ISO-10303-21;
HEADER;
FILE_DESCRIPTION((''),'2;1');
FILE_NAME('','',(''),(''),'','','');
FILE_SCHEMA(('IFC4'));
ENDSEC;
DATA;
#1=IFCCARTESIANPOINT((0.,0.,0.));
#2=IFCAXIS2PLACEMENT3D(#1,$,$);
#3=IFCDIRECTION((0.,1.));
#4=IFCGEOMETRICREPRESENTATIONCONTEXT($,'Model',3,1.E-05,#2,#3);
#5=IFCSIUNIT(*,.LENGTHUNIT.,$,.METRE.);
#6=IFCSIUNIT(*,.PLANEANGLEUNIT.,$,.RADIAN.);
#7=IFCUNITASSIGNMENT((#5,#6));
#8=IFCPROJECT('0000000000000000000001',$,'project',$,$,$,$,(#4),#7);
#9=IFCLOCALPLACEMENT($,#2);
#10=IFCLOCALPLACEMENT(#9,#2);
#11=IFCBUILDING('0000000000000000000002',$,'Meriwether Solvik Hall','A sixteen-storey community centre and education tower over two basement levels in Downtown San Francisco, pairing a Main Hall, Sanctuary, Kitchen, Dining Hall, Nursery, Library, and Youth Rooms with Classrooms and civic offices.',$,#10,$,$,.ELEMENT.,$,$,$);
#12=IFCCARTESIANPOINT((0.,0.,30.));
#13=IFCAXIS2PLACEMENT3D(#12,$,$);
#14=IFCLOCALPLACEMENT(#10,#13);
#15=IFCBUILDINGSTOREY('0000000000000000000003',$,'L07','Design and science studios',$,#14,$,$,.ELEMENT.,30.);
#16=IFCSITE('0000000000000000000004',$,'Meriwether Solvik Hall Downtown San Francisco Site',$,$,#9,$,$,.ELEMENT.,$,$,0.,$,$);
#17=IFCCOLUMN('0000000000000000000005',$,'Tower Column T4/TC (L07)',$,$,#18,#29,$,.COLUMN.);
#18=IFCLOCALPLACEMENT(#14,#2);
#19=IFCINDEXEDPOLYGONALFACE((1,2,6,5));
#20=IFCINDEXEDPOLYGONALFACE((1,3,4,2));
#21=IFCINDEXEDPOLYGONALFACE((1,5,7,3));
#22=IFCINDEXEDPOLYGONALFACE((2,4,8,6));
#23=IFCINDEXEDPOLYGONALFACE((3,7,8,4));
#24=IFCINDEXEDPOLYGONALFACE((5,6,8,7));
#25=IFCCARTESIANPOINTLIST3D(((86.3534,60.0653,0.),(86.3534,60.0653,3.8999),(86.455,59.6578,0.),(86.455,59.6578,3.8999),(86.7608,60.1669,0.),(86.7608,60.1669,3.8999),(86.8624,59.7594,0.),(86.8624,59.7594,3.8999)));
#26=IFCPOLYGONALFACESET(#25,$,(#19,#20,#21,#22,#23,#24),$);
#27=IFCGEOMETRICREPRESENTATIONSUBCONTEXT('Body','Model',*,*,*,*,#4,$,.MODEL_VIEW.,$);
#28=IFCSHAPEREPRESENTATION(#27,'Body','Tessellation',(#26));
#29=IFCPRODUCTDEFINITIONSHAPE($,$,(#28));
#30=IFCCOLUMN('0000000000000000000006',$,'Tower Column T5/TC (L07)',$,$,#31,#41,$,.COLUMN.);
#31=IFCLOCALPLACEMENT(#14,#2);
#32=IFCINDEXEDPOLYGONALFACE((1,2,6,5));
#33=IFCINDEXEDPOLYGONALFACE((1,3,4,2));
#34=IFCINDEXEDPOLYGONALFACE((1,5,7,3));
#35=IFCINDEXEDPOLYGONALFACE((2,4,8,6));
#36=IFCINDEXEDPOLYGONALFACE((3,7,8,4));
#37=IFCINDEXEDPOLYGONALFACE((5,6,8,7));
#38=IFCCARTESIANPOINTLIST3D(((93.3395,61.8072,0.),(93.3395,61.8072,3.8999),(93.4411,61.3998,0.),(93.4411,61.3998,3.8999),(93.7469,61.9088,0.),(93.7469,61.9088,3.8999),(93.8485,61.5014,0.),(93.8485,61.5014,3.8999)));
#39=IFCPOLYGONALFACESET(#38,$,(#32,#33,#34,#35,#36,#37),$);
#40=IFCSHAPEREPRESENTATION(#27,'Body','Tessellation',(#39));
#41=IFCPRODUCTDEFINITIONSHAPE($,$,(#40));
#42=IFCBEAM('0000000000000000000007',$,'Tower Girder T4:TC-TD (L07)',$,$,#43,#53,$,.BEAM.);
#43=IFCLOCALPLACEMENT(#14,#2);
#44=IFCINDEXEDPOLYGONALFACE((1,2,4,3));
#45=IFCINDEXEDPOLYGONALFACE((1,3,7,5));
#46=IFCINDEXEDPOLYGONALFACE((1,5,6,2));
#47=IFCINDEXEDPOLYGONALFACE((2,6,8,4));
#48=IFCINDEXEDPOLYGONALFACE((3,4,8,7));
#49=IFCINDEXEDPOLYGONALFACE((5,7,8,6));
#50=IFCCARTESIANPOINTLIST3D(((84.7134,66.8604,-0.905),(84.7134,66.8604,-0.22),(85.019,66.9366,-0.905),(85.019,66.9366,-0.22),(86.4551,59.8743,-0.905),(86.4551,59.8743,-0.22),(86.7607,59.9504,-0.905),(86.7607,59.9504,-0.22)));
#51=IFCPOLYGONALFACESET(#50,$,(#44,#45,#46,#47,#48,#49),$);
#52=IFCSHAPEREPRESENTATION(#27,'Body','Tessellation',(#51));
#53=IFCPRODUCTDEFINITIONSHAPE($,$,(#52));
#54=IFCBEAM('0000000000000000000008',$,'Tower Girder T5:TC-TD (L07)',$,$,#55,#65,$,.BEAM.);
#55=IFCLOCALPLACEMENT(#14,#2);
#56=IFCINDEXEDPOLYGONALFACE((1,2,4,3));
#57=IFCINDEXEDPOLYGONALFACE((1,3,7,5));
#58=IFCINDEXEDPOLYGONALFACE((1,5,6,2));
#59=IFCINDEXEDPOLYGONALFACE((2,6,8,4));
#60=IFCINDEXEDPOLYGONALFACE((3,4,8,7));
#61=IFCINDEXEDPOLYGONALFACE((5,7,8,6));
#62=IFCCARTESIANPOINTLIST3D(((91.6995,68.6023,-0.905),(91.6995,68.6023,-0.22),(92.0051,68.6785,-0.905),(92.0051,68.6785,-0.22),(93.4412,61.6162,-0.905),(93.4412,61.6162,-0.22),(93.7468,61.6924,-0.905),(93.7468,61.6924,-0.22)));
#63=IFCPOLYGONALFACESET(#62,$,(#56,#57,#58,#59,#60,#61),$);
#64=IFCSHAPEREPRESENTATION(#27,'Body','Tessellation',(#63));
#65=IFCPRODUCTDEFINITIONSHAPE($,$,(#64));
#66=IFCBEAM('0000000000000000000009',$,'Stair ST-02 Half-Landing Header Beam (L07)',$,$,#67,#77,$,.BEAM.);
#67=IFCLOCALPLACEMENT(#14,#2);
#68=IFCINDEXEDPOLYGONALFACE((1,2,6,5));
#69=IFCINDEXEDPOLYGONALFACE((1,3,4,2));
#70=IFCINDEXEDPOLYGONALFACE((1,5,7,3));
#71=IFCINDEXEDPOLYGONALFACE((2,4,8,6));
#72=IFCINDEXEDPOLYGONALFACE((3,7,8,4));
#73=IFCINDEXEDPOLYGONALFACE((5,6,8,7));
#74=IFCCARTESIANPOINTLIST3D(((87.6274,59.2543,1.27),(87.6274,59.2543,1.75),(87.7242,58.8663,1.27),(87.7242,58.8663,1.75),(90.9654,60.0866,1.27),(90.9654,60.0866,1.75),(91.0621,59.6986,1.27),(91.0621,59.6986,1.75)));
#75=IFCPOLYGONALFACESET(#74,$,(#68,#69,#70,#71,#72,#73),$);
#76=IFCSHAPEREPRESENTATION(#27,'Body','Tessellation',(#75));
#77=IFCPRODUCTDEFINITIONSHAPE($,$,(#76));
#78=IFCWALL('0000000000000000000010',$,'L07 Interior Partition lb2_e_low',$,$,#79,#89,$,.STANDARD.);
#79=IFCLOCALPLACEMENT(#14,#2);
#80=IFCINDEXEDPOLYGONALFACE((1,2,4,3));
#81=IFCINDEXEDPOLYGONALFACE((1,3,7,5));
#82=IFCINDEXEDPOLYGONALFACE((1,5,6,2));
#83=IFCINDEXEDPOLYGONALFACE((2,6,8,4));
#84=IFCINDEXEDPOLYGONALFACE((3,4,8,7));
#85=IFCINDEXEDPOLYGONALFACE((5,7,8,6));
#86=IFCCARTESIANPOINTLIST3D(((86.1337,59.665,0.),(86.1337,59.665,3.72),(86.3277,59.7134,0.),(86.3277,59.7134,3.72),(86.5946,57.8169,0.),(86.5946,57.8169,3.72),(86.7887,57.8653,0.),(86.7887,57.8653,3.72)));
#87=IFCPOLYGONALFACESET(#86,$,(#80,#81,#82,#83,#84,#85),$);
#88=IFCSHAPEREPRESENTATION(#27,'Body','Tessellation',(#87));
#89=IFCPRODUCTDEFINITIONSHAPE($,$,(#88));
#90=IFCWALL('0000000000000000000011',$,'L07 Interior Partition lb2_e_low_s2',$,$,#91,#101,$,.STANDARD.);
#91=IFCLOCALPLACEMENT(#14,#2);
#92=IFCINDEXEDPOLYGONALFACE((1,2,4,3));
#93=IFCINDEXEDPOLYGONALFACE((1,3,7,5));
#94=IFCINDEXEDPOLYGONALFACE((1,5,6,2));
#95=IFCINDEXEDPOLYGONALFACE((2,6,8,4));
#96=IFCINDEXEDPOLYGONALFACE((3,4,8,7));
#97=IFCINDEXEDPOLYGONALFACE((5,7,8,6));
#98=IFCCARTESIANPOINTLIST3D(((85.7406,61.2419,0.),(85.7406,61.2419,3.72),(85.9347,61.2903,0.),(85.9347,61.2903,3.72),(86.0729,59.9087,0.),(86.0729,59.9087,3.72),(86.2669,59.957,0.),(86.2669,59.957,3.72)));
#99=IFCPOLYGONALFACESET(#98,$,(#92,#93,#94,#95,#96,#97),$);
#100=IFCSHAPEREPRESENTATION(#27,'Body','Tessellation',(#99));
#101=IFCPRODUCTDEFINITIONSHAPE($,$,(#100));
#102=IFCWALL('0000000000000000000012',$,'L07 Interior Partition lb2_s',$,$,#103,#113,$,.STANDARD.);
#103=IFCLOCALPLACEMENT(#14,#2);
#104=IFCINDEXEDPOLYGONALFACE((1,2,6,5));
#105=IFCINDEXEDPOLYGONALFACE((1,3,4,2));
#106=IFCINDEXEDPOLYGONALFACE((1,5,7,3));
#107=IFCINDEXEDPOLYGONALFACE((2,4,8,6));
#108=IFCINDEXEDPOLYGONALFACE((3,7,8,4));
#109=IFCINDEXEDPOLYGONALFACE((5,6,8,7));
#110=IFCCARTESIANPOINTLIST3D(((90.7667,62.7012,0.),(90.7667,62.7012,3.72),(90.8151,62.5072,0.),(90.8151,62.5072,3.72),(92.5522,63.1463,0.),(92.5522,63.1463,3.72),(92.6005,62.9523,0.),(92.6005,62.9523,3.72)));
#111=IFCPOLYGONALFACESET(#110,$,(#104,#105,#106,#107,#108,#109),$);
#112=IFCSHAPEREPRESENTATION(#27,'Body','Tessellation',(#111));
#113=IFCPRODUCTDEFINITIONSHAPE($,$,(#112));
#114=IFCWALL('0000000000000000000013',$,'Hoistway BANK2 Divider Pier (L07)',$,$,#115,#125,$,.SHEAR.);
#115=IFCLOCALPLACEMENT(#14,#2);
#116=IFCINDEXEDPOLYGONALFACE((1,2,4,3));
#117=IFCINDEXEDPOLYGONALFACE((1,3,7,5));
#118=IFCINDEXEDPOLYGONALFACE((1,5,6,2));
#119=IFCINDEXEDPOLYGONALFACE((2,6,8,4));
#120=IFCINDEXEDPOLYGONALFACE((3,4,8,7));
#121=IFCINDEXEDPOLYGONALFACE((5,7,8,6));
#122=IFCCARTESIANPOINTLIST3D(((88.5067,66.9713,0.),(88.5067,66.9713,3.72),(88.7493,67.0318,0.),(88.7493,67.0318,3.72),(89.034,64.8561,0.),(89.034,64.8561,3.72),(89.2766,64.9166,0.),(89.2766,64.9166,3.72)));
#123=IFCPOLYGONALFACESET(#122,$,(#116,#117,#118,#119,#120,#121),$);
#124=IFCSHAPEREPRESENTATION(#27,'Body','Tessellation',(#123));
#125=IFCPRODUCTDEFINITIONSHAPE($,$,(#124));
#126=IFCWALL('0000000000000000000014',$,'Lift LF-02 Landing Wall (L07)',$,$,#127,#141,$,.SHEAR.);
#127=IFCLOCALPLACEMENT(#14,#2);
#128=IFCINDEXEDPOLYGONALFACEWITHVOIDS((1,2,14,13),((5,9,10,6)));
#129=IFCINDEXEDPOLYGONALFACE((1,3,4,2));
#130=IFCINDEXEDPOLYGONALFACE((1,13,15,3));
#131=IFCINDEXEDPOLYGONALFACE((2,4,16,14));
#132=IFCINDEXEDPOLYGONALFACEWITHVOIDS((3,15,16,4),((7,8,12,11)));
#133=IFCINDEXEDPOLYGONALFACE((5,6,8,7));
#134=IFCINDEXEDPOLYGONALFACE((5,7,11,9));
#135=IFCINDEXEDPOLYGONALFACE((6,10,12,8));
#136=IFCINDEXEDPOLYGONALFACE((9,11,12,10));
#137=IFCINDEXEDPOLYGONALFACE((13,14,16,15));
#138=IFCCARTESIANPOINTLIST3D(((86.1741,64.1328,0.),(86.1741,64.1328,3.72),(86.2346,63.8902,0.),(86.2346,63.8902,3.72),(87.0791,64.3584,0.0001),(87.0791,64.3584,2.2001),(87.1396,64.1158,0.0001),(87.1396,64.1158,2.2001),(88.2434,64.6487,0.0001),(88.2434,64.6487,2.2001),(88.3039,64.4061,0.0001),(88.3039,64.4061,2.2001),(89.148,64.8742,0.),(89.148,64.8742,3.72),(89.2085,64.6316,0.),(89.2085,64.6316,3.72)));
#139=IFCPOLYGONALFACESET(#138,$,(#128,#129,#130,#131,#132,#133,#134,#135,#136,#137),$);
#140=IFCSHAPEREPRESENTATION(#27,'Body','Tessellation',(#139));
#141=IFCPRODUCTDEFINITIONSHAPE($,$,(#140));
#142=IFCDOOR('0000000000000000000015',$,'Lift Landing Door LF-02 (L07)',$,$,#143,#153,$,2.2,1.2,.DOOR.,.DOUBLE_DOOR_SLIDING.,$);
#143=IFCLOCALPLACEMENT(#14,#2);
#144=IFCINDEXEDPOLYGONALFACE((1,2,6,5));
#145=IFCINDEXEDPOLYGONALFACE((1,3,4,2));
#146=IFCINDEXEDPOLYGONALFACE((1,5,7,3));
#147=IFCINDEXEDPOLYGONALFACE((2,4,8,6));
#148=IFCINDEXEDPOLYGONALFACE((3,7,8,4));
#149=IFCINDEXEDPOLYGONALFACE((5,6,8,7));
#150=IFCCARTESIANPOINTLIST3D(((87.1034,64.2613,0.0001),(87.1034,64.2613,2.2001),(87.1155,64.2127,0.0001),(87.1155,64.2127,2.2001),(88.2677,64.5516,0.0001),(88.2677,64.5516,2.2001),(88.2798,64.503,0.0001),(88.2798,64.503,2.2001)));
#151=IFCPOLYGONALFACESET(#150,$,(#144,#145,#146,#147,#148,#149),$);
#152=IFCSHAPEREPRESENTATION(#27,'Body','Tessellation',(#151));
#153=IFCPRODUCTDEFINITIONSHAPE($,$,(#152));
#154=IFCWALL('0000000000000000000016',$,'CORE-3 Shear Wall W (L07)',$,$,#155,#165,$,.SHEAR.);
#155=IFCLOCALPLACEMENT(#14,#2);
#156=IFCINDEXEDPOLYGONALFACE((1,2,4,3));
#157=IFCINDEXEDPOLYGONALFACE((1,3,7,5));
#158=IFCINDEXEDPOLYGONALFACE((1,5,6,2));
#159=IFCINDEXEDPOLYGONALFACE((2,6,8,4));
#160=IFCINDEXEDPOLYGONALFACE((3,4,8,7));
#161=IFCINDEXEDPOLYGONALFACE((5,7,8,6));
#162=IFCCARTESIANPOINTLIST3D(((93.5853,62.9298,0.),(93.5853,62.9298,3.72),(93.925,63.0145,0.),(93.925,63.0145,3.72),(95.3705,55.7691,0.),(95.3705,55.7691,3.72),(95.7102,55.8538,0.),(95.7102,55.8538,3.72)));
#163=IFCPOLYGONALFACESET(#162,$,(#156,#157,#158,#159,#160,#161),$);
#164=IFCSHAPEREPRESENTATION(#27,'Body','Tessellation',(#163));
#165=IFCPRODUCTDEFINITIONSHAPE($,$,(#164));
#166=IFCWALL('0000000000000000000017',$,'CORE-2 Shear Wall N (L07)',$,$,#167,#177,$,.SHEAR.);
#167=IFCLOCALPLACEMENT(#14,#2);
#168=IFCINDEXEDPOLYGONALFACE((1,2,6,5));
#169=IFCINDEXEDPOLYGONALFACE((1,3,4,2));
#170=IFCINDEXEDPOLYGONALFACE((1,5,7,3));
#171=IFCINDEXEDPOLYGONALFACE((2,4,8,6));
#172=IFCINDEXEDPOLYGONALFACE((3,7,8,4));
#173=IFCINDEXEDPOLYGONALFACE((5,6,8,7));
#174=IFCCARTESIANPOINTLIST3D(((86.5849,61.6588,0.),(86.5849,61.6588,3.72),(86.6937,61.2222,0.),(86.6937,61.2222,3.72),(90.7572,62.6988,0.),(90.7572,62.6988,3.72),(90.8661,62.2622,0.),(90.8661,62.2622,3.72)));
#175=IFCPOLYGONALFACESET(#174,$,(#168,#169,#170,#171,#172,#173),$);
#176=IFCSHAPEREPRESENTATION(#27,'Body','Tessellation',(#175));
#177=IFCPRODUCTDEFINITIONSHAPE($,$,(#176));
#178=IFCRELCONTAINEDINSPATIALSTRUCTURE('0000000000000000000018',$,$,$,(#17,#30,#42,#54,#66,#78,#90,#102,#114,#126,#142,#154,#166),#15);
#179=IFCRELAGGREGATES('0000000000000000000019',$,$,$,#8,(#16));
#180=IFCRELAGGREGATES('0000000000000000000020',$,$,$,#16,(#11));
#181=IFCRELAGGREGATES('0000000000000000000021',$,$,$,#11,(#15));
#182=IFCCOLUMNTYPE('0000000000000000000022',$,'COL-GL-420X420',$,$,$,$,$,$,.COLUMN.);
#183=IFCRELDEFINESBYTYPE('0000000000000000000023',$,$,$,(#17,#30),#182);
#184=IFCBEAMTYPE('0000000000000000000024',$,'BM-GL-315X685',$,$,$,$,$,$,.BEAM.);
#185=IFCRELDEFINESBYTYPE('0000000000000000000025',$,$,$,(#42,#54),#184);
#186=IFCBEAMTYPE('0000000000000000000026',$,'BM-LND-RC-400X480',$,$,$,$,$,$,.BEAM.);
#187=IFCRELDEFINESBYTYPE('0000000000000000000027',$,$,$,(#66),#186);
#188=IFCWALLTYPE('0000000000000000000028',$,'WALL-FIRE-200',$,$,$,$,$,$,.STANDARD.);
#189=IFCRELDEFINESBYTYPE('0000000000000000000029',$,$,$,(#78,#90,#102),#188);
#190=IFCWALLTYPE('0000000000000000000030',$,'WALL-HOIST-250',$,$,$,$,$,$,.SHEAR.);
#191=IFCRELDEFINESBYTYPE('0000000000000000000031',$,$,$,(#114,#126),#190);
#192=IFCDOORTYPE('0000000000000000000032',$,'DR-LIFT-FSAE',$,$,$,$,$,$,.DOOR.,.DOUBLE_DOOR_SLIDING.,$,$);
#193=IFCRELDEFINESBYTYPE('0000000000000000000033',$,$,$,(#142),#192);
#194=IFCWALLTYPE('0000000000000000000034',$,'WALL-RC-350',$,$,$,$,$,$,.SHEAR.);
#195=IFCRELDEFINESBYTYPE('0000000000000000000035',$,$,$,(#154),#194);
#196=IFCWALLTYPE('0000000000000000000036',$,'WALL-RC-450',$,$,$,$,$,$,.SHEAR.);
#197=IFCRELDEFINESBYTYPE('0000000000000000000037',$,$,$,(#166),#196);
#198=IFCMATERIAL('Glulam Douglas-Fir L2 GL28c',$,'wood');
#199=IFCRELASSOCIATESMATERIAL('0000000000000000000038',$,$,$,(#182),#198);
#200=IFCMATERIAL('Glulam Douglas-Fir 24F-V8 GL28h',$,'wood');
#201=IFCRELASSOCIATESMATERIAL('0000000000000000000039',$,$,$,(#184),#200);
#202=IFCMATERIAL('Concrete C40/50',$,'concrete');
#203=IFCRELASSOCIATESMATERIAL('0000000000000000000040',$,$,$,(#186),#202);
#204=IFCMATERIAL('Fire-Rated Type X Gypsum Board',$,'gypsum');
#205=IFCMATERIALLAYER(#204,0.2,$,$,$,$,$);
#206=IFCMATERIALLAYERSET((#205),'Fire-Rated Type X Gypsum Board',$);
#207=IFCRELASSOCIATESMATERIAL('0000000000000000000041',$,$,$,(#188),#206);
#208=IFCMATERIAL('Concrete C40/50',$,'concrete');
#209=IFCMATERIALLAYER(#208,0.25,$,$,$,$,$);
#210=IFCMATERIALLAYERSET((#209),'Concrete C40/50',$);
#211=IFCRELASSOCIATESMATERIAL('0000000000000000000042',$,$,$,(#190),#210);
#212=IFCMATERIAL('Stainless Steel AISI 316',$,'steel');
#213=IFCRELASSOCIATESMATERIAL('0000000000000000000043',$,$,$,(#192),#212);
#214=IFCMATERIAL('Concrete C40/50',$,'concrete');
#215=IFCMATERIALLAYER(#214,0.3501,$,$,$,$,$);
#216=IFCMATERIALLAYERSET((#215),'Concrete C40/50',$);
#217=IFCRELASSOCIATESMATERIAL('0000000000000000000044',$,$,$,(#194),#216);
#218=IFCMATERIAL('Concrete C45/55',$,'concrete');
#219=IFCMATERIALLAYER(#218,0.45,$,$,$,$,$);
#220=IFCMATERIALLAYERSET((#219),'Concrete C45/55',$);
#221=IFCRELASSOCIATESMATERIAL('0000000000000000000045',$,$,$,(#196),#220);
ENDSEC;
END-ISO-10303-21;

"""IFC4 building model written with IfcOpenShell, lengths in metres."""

from ifc_helpers import new_model, si_unit, direction, frame, frame_2d, origin, origin_2d, place, context, subcontext, project, spatial, rectangle, extrude, material, layer, layer_set, material_profile, profile_set, type_object, element, fill, save


model = new_model("IFC4")

# Units and contexts
model_context = context("Model", 3, precision=1e-05, world=origin(), true_north=direction((0.0, 1.0)))
body_context = subcontext(model_context, "Body", "Model", "MODEL_VIEW")
ifc_project = project(units=[si_unit("LENGTHUNIT", "METRE"), si_unit("PLANEANGLEUNIT", "RADIAN")], contexts=[model_context])

# Site, building, storey
site_placement = place(None, origin())
site = spatial("IfcSite", under=ifc_project, at=site_placement, Name="Meriwether Solvik Hall Downtown San Francisco Site", CompositionType="ELEMENT", RefElevation=0.0)
building_placement = place(site_placement, origin())
building = spatial("IfcBuilding", under=site, at=building_placement, Name="Meriwether Solvik Hall", Description="A sixteen-storey community centre and education tower over two basement levels in Downtown San Francisco, pairing a Main Hall, Sanctuary, Kitchen, Dining Hall, Nursery, Library, and Youth Rooms with Classrooms and civic offices.", CompositionType="ELEMENT")
storey_placement = place(building_placement, frame((0.0, 0.0, 30.0)))
storey = spatial("IfcBuildingStorey", under=building, at=storey_placement, Name="L07", Description="Design and science studios", CompositionType="ELEMENT", Elevation=30.0)

# Columns
ifc_material_1 = material(Name="Glulam Douglas-Fir L2 GL28c", Category="wood")
ifc_material_profile_1 = material_profile(ifc_material_1, rectangle(XDim=0.4199, YDim=0.4199, at=origin_2d()), Name="GLC-420X420")
ifc_profile_set_1 = profile_set([ifc_material_profile_1], Name="Glulam Douglas-Fir L2 GL28c")
column_type = type_object("IfcColumnType", Name="COL-GL-420X420", PredefinedType="COLUMN", material=ifc_profile_set_1)
for number, where, z_axis, x_axis, name in (
    (1, (86.6079, 59.9124, 0.0), (0.0, 0.0, 1.0), (0.970296, 0.241922, 0.0), "Tower Column T4/TC (L07)"),
    (2, (93.594, 61.6543, 0.0), (0.0, 0.0, 1.0), (0.970296, 0.241922, 0.0), "Tower Column T5/TC (L07)"),
):
    element("IfcColumn", number, at=place(storey_placement, frame(where, z_axis=z_axis, x_axis=x_axis)), inside=storey, type_object=column_type, Name=name, PredefinedType="COLUMN", context=body_context, shape_type="SweptSolid", body=[
        extrude(rectangle(XDim=0.4199, YDim=0.4199, at=origin_2d()), origin(), (0.0, 0.0, 1.0), 3.8999),
    ])

# Beams
ifc_material_2 = material(Name="Glulam Douglas-Fir 24F-V8 GL28h", Category="wood")
ifc_material_profile_2 = material_profile(ifc_material_2, rectangle(XDim=0.3149, YDim=0.6851, at=origin_2d()), Name="GLB-315X685")
ifc_profile_set_2 = profile_set([ifc_material_profile_2], Name="Glulam Douglas-Fir 24F-V8 GL28h")
beam_type_1 = type_object("IfcBeamType", Name="BM-GL-315X685", PredefinedType="BEAM", material=ifc_profile_set_2)
for number, where, z_axis, x_axis, name in (
    (3, (86.6079, 59.9124, -0.5625), (-0.241905, 0.9703, 0.0), (-0.9703, -0.241905, 0.0), "Tower Girder T4:TC-TD (L07)"),
    (4, (93.594, 61.6543, -0.5625), (-0.241905, 0.9703, 0.0), (-0.9703, -0.241905, 0.0), "Tower Girder T5:TC-TD (L07)"),
):
    element("IfcBeam", number, at=place(storey_placement, frame(where, z_axis=z_axis, x_axis=x_axis)), inside=storey, type_object=beam_type_1, Name=name, PredefinedType="BEAM", context=body_context, shape_type="SweptSolid", body=[
        extrude(rectangle(XDim=0.3149, YDim=0.6851, at=origin_2d()), origin(), (0.0, 0.0, 1.0), 7.2),
    ])
ifc_material_3 = material(Name="Concrete C40/50", Category="concrete")
ifc_material_profile_3 = material_profile(ifc_material_3, rectangle(XDim=0.3999, YDim=0.48, at=origin_2d()), Name="RCB-400X480")
ifc_profile_set_3 = profile_set([ifc_material_profile_3], Name="Concrete C40/50")
beam_type_2 = type_object("IfcBeamType", Name="BM-LND-RC-400X480", PredefinedType="BEAM", material=ifc_profile_set_3)
beam_placement = place(storey_placement, frame((87.6758, 59.0603, 1.51), z_axis=(0.970293, 0.241934, 0.0), x_axis=(-0.241934, 0.970293, 0.0)))
element("IfcBeam", 5, at=beam_placement, inside=storey, type_object=beam_type_2, Name="Stair ST-02 Half-Landing Header Beam (L07)", PredefinedType="BEAM", context=body_context, shape_type="SweptSolid", body=[
    extrude(rectangle(XDim=0.3999, YDim=0.48, at=origin_2d()), origin(), (0.0, 0.0, 1.0), 3.4402),
])

# Walls
ifc_material_4 = material(Name="Fire-Rated Type X Gypsum Board", Category="gypsum")
ifc_layer_1 = layer(ifc_material_4, 0.2)
ifc_layer_set_1 = layer_set([ifc_layer_1], Name="Fire-Rated Type X Gypsum Board")
wall_type_1 = type_object("IfcWallType", Name="WALL-FIRE-200", PredefinedType="STANDARD", material=ifc_layer_set_1)
wall_1_placement = place(storey_placement, frame((86.6917, 57.8411, 0.0), z_axis=(0.0, 0.0, 1.0), x_axis=(-0.241993, 0.970278, 0.0)))
element("IfcWall", 6, at=wall_1_placement, inside=storey, type_object=wall_type_1, Name="L07 Interior Partition lb2_e_low", PredefinedType="STANDARD", context=body_context, shape_type="SweptSolid", body=[
    extrude(rectangle(XDim=1.9048, YDim=0.2, at=frame_2d((0.9524, 0.0))), origin(), (0.0, 0.0, 1.0), 3.72),
])
wall_2_placement = place(storey_placement, frame((86.1699, 59.9329, 0.0), z_axis=(0.0, 0.0, 1.0), x_axis=(-0.241825, 0.97032, 0.0)))
element("IfcWall", 7, at=wall_2_placement, inside=storey, type_object=wall_type_1, Name="L07 Interior Partition lb2_e_low_s2", PredefinedType="STANDARD", context=body_context, shape_type="SweptSolid", body=[
    extrude(rectangle(XDim=1.374, YDim=0.2, at=frame_2d((0.687, 0.0))), origin(), (0.0, 0.0, 1.0), 3.72),
])
wall_3_placement = place(storey_placement, frame((90.791, 62.6042, 0.0), z_axis=(0.0, 0.0, 1.0), x_axis=(0.970306, 0.24188, 0.0)))
element("IfcWall", 8, at=wall_3_placement, inside=storey, type_object=wall_type_1, Name="L07 Interior Partition lb2_s", PredefinedType="STANDARD", context=body_context, shape_type="SweptSolid", body=[
    extrude(rectangle(XDim=1.8401, YDim=0.2, at=frame_2d((0.9199, 0.0))), origin(), (0.0, 0.0, 1.0), 3.72),
])
ifc_material_5 = material(Name="Concrete C40/50", Category="concrete")
ifc_layer_2 = layer(ifc_material_5, 0.25)
ifc_layer_set_2 = layer_set([ifc_layer_2], Name="Concrete C40/50")
wall_type_2 = type_object("IfcWallType", Name="WALL-HOIST-250", PredefinedType="SHEAR", material=ifc_layer_set_2)
wall_4_placement = place(storey_placement, frame((89.1553, 64.8865, 0.0), z_axis=(0.0, 0.0, 1.0), x_axis=(-0.241903, 0.9703, 0.0)))
element("IfcWall", 9, at=wall_4_placement, inside=storey, type_object=wall_type_2, Name="Hoistway BANK2 Divider Pier (L07)", PredefinedType="SHEAR", context=body_context, shape_type="SweptSolid", body=[
    extrude(rectangle(XDim=2.1799, YDim=0.25, at=frame_2d((1.0898, 0.0))), origin(), (0.0, 0.0, 1.0), 3.72),
])

# Wall, opening, door
wall_5_placement = place(storey_placement, frame((86.2043, 64.0115, 0.0), z_axis=(0.0, 0.0, 1.0), x_axis=(0.970297, 0.241917, 0.0)))
wall_5 = element("IfcWall", 10, at=wall_5_placement, inside=storey, type_object=wall_type_2, Name="Lift LF-02 Landing Wall (L07)", PredefinedType="SHEAR", context=body_context, shape_type="SweptSolid", body=[
    extrude(rectangle(XDim=3.0649, YDim=0.25, at=frame_2d((1.5325, 0.0))), origin(), (0.0, 0.0, 1.0), 3.72),
])
opening_1_placement = place(wall_5_placement, frame((0.9326, 0.0, 0.0)))
opening_1 = element("IfcOpeningElement", 11, at=opening_1_placement, cuts=wall_5, PredefinedType="OPENING", context=body_context, shape_type="SweptSolid", body=[
    extrude(rectangle(XDim=1.2, YDim=2.2, at=frame_2d((0.6001, 1.1001))), frame((0.0, 0.137, 0.0), z_axis=(0.0, -1.0, 0.0), x_axis=(1.0, 0.0, 0.0)), (0.0, 0.0, 1.0), 0.2739),
])
ifc_material_6 = material(Name="Stainless Steel AISI 316", Category="steel")
door_type_1 = type_object("IfcDoorType", Name="DR-LIFT-FSAE", OperationType="DOUBLE_DOOR_SLIDING", PredefinedType="DOOR", material=ifc_material_6)
door_1_placement = place(opening_1_placement, origin())
door_1 = element("IfcDoor", 12, at=door_1_placement, inside=storey, type_object=door_type_1, Name="Lift Landing Door LF-02 (L07)", OperationType="DOUBLE_DOOR_SLIDING", OverallHeight=2.2, OverallWidth=1.2, PredefinedType="DOOR", context=body_context, shape_type="SweptSolid", body=[
    extrude(rectangle(XDim=1.2, YDim=2.2, at=frame_2d((0.6001, 1.1001))), frame((0.0, 0.0249, 0.0), z_axis=(0.0, -1.0, 0.0), x_axis=(1.0, 0.0, 0.0)), (0.0, 0.0, 1.0), 0.05),
])
fill(opening_1, door_1)

# Walls
ifc_material_7 = material(Name="Concrete C40/50", Category="concrete")
ifc_layer_3 = layer(ifc_material_7, 0.3501)
ifc_layer_set_3 = layer_set([ifc_layer_3], Name="Concrete C40/50")
wall_type_3 = type_object("IfcWallType", Name="WALL-RC-350", PredefinedType="SHEAR", material=ifc_layer_set_3)
wall_6_placement = place(storey_placement, frame((93.7551, 62.9722, 0.0), z_axis=(0.0, 0.0, 1.0), x_axis=(0.241897, -0.970302, 0.0)))
element("IfcWall", 13, at=wall_6_placement, inside=storey, type_object=wall_type_3, Name="CORE-3 Shear Wall W (L07)", PredefinedType="SHEAR", context=body_context, shape_type="SweptSolid", body=[
    extrude(rectangle(XDim=7.3799, YDim=0.3501, at=frame_2d((3.6899, 0.0))), origin(), (0.0, 0.0, 1.0), 3.72),
])
ifc_material_8 = material(Name="Concrete C45/55", Category="concrete")
ifc_layer_4 = layer(ifc_material_8, 0.45)
ifc_layer_set_4 = layer_set([ifc_layer_4], Name="Concrete C45/55")
wall_type_4 = type_object("IfcWallType", Name="WALL-RC-450", PredefinedType="SHEAR", material=ifc_layer_set_4)
wall_7_placement = place(storey_placement, frame((90.8115, 62.4805, 0.0), z_axis=(0.0, 0.0, 1.0), x_axis=(-0.970309, -0.241868, 0.0)))
element("IfcWall", 14, at=wall_7_placement, inside=storey, type_object=wall_type_4, Name="CORE-2 Shear Wall N (L07)", PredefinedType="SHEAR", context=body_context, shape_type="SweptSolid", body=[
    extrude(rectangle(XDim=4.3, YDim=0.45, at=frame_2d((2.1499, 0.0))), origin(), (0.0, 0.0, 1.0), 3.72),
])

save(model, "model.ifc")
